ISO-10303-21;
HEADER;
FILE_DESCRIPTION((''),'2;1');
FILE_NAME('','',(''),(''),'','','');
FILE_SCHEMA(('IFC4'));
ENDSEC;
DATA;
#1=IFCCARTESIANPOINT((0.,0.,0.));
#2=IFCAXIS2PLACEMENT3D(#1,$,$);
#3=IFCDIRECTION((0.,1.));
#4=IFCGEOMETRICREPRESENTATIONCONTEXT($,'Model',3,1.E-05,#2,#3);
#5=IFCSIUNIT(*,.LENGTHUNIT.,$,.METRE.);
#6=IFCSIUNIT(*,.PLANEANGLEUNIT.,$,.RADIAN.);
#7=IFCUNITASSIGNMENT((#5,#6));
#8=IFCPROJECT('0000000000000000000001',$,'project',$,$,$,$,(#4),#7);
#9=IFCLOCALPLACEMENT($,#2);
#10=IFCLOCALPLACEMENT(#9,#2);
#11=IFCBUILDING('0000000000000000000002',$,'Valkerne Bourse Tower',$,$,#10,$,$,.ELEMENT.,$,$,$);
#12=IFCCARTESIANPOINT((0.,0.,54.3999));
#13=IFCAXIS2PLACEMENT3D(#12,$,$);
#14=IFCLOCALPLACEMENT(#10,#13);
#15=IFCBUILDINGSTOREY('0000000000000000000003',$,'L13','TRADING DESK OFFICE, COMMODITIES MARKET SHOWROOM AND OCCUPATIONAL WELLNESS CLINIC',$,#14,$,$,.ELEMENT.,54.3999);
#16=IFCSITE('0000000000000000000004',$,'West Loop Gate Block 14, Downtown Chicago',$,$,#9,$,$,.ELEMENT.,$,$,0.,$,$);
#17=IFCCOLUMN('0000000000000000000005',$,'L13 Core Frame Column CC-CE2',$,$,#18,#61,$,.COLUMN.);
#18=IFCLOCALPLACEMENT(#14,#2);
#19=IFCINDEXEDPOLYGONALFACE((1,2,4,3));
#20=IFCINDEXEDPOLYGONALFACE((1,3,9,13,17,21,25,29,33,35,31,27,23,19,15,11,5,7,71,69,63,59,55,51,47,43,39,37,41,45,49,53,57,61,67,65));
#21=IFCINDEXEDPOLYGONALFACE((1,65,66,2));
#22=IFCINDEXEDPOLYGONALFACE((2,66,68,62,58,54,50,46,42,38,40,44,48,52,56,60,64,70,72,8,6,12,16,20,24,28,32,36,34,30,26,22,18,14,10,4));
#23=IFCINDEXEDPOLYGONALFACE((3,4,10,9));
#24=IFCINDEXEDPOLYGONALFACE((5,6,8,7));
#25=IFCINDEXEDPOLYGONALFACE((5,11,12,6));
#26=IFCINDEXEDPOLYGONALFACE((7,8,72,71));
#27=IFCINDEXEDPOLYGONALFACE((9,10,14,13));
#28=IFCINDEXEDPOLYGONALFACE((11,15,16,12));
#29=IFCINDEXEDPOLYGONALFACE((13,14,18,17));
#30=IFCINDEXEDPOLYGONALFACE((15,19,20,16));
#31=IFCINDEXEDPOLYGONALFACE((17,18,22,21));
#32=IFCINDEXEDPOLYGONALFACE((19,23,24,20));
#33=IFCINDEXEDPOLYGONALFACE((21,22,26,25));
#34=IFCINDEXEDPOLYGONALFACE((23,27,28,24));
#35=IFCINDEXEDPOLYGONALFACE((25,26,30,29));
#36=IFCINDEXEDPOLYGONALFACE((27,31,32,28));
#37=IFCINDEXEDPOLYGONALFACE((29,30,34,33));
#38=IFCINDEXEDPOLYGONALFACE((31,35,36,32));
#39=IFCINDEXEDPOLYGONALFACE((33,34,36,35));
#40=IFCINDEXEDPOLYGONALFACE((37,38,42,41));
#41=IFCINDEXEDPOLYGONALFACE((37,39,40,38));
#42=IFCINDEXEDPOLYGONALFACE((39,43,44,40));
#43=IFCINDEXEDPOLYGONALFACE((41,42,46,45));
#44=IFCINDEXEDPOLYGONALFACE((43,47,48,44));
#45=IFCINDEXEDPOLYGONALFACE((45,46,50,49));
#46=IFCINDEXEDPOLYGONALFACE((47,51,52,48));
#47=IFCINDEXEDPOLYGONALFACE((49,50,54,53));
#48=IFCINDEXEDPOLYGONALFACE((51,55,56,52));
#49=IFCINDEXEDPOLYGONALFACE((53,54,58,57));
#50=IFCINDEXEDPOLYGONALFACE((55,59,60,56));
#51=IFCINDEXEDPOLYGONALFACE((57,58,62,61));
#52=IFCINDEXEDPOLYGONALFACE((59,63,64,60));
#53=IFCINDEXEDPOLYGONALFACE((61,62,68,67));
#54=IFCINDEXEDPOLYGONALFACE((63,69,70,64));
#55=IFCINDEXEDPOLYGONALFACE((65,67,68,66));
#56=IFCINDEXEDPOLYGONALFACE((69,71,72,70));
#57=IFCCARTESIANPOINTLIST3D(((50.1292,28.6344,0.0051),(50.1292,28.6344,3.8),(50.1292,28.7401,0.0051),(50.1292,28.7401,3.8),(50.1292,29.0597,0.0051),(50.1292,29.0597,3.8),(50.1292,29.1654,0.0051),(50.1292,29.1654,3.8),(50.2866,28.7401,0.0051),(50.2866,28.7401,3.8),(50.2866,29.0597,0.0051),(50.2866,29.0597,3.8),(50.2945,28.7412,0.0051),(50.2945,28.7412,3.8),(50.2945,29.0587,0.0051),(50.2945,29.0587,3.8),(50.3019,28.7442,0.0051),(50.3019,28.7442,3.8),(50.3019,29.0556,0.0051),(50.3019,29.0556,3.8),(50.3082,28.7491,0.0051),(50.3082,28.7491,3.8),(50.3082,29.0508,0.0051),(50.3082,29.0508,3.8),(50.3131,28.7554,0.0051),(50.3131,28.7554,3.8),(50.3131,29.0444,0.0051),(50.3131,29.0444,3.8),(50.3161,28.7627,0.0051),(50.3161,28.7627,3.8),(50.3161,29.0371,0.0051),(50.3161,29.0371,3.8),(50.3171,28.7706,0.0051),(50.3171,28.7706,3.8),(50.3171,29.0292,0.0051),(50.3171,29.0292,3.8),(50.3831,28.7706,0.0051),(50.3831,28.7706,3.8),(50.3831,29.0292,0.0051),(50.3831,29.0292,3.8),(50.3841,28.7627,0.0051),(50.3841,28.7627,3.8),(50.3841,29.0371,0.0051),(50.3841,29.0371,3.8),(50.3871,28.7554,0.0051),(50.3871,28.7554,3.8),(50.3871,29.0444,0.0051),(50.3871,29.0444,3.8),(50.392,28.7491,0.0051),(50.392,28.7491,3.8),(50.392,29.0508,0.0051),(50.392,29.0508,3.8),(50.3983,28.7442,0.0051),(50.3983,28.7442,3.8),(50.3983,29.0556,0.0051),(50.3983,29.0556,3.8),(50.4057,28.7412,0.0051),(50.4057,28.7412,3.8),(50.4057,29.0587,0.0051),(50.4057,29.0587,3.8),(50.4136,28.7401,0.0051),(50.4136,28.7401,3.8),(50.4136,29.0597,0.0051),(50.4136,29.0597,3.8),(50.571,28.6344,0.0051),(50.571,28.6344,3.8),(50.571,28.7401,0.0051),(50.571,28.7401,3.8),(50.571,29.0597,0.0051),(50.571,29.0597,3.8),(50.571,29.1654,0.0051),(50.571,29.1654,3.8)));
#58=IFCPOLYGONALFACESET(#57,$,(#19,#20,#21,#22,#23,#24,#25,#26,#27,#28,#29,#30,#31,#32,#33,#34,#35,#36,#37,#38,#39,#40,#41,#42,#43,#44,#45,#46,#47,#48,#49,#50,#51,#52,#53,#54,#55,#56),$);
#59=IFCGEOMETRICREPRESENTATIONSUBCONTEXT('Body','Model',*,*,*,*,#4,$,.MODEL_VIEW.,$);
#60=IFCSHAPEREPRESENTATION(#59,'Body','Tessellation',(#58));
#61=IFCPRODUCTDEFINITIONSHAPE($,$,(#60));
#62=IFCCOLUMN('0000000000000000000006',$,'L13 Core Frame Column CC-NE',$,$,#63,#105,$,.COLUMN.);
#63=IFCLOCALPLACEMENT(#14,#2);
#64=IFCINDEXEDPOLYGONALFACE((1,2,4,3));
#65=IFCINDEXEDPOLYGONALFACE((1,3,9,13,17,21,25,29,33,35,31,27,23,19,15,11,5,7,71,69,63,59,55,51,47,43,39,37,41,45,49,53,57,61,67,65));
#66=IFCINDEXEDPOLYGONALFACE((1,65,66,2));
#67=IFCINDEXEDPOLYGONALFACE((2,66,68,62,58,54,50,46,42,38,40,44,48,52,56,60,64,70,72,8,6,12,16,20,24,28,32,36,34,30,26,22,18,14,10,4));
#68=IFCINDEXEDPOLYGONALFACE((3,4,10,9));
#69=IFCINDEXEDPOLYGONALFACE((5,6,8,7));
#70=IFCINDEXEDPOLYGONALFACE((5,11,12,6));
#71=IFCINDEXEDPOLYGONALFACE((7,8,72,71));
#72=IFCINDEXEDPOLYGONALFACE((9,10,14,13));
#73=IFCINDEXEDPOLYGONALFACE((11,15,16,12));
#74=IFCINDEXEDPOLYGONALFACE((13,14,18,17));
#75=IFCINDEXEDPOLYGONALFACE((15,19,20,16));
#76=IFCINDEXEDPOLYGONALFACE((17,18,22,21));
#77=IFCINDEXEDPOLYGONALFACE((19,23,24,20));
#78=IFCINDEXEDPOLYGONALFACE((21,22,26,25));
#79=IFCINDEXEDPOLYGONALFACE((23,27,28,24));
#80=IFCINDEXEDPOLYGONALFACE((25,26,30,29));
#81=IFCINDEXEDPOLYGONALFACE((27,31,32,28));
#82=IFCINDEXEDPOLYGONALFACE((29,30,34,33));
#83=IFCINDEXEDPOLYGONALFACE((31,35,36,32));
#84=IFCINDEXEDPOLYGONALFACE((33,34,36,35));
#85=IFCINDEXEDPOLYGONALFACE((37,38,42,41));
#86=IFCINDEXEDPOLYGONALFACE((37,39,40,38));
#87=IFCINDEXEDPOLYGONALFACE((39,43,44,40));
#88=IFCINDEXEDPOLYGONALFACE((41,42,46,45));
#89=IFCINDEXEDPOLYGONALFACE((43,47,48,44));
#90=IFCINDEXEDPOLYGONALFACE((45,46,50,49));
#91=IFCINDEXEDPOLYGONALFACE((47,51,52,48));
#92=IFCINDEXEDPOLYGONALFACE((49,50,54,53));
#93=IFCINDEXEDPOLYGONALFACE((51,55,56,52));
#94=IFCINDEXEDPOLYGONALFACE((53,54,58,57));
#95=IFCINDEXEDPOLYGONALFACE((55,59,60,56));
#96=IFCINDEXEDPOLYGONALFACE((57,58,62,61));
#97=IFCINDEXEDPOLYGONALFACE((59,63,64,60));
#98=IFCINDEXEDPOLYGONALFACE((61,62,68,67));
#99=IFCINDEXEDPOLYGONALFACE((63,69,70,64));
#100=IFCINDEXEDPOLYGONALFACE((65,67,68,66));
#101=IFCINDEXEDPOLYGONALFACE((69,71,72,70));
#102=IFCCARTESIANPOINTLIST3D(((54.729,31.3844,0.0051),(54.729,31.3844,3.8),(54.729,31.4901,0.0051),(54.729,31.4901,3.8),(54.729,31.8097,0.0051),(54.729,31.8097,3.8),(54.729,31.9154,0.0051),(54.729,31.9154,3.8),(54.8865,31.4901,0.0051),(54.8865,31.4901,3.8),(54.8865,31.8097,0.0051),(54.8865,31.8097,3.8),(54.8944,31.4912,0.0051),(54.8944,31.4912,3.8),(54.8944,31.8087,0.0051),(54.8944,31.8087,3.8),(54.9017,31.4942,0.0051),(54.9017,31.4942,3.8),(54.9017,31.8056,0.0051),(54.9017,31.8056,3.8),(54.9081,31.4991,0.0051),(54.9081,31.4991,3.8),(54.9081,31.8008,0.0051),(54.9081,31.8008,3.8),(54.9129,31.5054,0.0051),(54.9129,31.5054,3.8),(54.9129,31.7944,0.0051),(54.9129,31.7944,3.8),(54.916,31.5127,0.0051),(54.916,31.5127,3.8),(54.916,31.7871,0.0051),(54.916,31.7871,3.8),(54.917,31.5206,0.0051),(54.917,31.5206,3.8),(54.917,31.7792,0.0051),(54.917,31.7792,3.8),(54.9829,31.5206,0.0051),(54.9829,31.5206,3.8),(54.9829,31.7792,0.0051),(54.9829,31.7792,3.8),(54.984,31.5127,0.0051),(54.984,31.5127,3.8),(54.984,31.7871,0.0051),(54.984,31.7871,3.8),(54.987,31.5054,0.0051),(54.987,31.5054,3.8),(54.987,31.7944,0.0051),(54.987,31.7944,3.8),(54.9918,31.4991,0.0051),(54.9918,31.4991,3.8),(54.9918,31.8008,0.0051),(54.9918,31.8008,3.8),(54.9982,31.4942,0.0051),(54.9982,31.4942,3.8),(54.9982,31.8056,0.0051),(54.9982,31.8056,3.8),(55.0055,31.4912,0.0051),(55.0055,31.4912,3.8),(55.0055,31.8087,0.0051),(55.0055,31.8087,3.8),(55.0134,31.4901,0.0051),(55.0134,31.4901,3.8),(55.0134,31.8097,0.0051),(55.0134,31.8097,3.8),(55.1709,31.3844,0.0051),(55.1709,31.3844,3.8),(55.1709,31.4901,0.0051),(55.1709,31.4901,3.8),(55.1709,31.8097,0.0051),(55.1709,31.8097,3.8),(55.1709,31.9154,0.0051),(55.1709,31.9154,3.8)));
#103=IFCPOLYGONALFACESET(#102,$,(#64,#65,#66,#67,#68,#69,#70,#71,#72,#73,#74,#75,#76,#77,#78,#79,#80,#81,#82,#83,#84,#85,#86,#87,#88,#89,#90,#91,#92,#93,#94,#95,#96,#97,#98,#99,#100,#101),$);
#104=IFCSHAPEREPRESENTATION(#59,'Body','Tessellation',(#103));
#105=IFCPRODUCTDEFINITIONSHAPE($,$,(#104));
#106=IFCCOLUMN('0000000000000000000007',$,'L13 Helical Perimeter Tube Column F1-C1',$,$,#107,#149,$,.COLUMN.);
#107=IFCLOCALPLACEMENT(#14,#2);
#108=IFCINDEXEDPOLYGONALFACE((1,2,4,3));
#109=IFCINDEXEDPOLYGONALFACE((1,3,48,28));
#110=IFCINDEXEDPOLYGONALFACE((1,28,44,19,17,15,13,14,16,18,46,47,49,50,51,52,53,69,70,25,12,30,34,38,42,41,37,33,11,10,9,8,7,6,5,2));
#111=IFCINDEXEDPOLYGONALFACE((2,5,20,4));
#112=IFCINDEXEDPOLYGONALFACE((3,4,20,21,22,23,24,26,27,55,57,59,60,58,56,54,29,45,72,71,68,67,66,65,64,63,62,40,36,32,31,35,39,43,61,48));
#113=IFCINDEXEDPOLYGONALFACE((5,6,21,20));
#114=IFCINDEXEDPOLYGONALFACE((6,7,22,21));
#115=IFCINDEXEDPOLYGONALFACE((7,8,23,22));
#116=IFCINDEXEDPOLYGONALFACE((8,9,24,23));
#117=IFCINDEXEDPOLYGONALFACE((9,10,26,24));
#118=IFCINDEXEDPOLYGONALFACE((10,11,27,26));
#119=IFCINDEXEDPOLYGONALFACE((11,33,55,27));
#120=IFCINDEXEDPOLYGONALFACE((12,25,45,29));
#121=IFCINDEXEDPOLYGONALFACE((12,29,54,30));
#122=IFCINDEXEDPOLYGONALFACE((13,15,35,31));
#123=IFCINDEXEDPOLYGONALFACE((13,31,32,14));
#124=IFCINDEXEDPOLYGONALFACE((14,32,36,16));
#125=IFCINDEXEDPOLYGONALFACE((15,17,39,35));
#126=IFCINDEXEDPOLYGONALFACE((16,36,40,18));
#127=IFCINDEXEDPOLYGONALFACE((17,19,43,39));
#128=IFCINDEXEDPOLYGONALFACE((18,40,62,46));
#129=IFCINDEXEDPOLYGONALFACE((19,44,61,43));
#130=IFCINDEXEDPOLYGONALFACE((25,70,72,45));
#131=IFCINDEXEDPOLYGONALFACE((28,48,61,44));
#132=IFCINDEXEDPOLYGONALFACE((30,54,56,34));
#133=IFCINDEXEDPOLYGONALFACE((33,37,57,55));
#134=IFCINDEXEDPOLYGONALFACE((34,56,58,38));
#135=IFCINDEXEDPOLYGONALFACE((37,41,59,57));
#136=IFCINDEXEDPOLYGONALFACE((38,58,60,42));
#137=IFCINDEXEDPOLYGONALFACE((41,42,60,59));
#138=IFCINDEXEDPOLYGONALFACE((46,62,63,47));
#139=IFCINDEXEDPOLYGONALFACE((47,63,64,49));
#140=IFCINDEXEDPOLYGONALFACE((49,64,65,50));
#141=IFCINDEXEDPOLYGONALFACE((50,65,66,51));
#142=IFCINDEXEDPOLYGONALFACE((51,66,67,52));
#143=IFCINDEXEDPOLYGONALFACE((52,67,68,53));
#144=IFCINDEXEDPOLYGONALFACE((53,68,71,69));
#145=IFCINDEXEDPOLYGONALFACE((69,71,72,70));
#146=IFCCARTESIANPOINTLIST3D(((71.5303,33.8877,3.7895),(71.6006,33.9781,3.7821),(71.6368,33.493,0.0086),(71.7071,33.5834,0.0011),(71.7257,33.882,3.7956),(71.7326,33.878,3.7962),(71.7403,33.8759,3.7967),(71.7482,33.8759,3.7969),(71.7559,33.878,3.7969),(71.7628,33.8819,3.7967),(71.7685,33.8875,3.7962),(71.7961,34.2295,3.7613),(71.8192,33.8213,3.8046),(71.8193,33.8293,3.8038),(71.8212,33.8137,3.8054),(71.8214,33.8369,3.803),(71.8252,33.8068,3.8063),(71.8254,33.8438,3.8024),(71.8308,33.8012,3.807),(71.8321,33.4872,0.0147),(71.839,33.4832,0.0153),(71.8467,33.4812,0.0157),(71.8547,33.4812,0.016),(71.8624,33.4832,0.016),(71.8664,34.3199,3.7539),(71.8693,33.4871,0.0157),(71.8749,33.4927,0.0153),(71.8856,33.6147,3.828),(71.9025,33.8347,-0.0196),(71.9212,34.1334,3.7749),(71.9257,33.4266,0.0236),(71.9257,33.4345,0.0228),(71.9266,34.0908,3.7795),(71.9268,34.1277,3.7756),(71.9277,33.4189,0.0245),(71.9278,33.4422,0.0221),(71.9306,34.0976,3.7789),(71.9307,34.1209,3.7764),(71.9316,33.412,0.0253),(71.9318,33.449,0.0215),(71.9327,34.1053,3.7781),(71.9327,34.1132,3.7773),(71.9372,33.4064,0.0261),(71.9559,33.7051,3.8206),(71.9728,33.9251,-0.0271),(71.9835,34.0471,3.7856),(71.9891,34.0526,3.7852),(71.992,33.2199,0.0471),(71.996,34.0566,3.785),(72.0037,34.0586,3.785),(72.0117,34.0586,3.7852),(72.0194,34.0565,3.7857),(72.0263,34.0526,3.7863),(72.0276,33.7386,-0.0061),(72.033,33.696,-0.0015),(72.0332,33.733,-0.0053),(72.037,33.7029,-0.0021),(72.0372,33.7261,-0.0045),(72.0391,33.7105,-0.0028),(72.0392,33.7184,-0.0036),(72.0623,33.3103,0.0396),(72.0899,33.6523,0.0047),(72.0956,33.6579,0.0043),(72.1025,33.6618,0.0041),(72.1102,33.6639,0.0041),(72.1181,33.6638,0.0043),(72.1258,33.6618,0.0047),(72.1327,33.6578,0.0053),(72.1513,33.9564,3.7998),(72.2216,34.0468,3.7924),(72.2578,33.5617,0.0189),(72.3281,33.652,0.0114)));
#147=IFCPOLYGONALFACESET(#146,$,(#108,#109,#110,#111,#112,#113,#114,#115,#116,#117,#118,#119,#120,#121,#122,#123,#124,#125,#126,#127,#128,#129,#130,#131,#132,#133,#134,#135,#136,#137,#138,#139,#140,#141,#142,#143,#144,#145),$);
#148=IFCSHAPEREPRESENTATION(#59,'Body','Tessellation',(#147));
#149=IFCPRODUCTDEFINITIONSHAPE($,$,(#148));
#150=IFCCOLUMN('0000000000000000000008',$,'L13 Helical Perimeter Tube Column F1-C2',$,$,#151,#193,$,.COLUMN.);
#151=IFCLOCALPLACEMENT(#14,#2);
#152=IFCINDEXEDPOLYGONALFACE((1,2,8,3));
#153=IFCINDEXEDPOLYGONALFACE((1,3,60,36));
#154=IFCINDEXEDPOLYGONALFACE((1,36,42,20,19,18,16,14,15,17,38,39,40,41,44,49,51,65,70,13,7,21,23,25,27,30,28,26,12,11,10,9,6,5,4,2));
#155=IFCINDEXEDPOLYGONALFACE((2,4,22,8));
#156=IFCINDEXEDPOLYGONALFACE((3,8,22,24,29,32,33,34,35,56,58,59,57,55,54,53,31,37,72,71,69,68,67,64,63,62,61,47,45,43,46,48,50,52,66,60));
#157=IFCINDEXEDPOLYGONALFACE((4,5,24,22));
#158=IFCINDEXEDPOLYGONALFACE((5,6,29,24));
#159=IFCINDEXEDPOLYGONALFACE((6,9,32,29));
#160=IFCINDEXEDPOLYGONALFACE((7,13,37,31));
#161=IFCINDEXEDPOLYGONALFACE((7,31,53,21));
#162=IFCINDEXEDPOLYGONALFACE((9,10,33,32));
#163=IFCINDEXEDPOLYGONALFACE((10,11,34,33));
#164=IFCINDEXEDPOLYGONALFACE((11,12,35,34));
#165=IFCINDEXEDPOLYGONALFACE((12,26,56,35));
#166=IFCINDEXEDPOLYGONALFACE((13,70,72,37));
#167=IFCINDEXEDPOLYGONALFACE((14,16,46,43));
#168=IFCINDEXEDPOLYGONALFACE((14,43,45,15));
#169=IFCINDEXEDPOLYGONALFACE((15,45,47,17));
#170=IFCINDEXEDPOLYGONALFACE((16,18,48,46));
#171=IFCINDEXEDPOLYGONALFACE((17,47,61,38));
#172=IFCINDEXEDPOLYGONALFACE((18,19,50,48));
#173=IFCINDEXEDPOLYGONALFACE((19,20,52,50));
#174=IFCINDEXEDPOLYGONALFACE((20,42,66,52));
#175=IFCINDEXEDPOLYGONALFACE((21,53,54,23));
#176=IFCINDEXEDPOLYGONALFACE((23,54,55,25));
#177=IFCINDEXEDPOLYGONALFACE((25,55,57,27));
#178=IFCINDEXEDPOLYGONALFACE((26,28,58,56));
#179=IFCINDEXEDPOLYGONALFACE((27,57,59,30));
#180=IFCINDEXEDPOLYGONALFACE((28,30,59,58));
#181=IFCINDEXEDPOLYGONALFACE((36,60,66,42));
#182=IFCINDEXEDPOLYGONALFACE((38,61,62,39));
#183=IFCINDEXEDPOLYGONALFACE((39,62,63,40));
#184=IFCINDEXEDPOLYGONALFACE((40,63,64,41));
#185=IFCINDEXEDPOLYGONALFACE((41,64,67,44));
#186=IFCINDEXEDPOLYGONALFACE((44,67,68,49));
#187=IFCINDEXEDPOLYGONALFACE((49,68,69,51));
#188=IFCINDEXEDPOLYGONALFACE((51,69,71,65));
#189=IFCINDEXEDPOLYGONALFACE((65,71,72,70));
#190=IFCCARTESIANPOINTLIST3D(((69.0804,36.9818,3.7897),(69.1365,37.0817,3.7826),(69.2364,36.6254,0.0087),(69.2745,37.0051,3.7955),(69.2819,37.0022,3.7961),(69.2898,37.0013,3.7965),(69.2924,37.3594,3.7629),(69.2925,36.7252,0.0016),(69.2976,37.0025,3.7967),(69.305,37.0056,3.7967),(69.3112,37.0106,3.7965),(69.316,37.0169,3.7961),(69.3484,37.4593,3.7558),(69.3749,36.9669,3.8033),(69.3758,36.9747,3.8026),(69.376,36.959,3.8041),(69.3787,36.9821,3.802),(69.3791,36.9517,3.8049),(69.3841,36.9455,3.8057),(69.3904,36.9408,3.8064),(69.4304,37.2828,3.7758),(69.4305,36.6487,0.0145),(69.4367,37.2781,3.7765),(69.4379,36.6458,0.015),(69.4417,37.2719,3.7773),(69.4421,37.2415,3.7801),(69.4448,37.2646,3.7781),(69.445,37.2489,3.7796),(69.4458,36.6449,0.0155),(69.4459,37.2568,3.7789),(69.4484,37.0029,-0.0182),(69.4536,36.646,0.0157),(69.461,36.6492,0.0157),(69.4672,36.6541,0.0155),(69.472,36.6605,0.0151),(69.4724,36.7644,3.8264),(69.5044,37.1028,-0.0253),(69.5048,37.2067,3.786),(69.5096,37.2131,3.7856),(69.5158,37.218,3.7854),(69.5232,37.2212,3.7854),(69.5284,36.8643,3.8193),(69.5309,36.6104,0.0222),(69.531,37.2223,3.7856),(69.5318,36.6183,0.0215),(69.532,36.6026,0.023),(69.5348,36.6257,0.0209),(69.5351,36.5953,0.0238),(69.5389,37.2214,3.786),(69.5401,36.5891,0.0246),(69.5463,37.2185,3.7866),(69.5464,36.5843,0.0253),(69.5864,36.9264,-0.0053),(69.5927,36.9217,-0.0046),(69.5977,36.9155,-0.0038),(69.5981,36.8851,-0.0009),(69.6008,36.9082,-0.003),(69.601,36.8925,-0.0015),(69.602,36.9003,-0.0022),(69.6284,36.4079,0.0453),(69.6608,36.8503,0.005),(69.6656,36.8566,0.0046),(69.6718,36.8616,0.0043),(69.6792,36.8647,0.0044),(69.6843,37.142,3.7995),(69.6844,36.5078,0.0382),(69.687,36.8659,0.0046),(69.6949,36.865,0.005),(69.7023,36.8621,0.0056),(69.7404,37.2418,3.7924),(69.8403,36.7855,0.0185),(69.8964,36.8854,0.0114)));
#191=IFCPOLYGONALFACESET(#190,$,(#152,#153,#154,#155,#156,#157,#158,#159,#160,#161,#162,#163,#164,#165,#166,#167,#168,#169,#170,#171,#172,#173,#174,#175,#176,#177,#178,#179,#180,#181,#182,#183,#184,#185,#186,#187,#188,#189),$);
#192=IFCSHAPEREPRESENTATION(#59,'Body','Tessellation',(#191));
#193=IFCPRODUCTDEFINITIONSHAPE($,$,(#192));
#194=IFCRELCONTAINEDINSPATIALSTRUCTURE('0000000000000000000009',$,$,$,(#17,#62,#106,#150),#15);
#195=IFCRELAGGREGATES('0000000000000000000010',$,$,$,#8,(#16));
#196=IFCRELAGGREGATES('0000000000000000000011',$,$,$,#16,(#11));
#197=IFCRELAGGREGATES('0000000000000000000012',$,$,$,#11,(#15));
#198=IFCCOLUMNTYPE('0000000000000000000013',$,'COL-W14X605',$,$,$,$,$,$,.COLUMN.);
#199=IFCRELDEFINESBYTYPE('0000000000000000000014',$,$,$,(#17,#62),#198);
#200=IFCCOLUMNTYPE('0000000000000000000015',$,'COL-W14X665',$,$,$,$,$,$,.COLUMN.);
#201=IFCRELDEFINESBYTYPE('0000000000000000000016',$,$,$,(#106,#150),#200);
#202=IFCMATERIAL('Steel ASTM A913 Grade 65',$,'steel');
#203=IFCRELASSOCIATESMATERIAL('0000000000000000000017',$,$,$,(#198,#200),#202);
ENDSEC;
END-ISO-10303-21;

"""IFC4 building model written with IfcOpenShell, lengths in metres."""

from ifc_helpers import new_model, si_unit, direction, frame, origin, origin_2d, place, context, subcontext, project, spatial, i_section, extrude, material, material_profile, profile_set, type_object, element, save


model = new_model("IFC4")

# Units and contexts
model_context = context("Model", 3, precision=1e-05, world=origin(), true_north=direction((0.0, 1.0)))
body_context = subcontext(model_context, "Body", "Model", "MODEL_VIEW")
ifc_project = project(units=[si_unit("LENGTHUNIT", "METRE"), si_unit("PLANEANGLEUNIT", "RADIAN")], contexts=[model_context])

# Site, building, storey
site_placement = place(None, origin())
site = spatial("IfcSite", under=ifc_project, at=site_placement, Name="West Loop Gate Block 14, Downtown Chicago", CompositionType="ELEMENT", RefElevation=0.0)
building_placement = place(site_placement, origin())
building = spatial("IfcBuilding", under=site, at=building_placement, Name="Valkerne Bourse Tower", CompositionType="ELEMENT")
storey_placement = place(building_placement, frame((0.0, 0.0, 54.3999)))
storey = spatial("IfcBuildingStorey", under=building, at=storey_placement, Name="L13", Description="TRADING DESK OFFICE, COMMODITIES MARKET SHOWROOM AND OCCUPATIONAL WELLNESS CLINIC", CompositionType="ELEMENT", Elevation=54.3999)

# Columns
ifc_material_1 = material(Name="Steel ASTM A913 Grade 65", Category="steel")
ifc_material_profile_1 = material_profile(ifc_material_1, i_section(OverallWidth=0.4419, OverallDepth=0.531, WebThickness=0.0659, FlangeThickness=0.1057, FilletRadius=0.0305, at=origin_2d()), Name="W14X605")
ifc_profile_set_1 = profile_set([ifc_material_profile_1], Name="Steel ASTM A913 Grade 65")
column_type_1 = type_object("IfcColumnType", Name="COL-W14X605", PredefinedType="COLUMN", material=ifc_profile_set_1)
for number, where, z_axis, x_axis, name in (
    (1, (50.3501, 28.8999, 0.0051), (0.0, 0.0, 1.0), (1.0, 0.0, 0.0), "L13 Core Frame Column CC-CE2"),
    (2, (54.95, 31.6499, 0.0051), (0.0, 0.0, 1.0), (1.0, 0.0, 0.0), "L13 Core Frame Column CC-NE"),
):
    element("IfcColumn", number, at=place(storey_placement, frame(where, z_axis=z_axis, x_axis=x_axis)), inside=storey, type_object=column_type_1, Name=name, PredefinedType="COLUMN", context=body_context, shape_type="SweptSolid", body=[
        extrude(i_section(OverallWidth=0.4419, OverallDepth=0.531, WebThickness=0.0659, FlangeThickness=0.1057, FilletRadius=0.0305, at=origin_2d()), origin(), (0.0, 0.0, 1.0), 3.7949),
    ])
ifc_material_profile_2 = material_profile(ifc_material_1, i_section(OverallWidth=0.4497, OverallDepth=0.5486, WebThickness=0.072, FlangeThickness=0.1147, FilletRadius=0.0305, at=origin_2d()), Name="W14X665")
ifc_profile_set_2 = profile_set([ifc_material_profile_2], Name="Steel ASTM A913 Grade 65")
column_type_2 = type_object("IfcColumnType", Name="COL-W14X665", PredefinedType="COLUMN", material=ifc_profile_set_2)
column_1_placement = place(storey_placement, frame((71.9824, 33.5725, 0.01), z_axis=(-0.027989, 0.103805, 0.994204), x_axis=(0.789916, -0.607206, 0.085637)))
element("IfcColumn", 3, at=column_1_placement, inside=storey, type_object=column_type_2, Name="L13 Helical Perimeter Tube Column F1-C1", PredefinedType="COLUMN", context=body_context, shape_type="SweptSolid", body=[
    extrude(i_section(OverallWidth=0.4497, OverallDepth=0.5486, WebThickness=0.072, FlangeThickness=0.1147, FilletRadius=0.0305, at=origin_2d()), origin(), (0.0, 0.0, 1.0), 3.803),
])
column_2_placement = place(storey_placement, frame((69.5664, 36.7554, 0.01), z_axis=(-0.041044, 0.093777, 0.994747), x_axis=(0.871564, -0.483453, 0.081538)))
element("IfcColumn", 4, at=column_2_placement, inside=storey, type_object=column_type_2, Name="L13 Helical Perimeter Tube Column F1-C2", PredefinedType="COLUMN", context=body_context, shape_type="SweptSolid", body=[
    extrude(i_section(OverallWidth=0.4497, OverallDepth=0.5486, WebThickness=0.072, FlangeThickness=0.1147, FilletRadius=0.0305, at=origin_2d()), origin(), (0.0, 0.0, 1.0), 3.801),
])

save(model, "model.ifc")
